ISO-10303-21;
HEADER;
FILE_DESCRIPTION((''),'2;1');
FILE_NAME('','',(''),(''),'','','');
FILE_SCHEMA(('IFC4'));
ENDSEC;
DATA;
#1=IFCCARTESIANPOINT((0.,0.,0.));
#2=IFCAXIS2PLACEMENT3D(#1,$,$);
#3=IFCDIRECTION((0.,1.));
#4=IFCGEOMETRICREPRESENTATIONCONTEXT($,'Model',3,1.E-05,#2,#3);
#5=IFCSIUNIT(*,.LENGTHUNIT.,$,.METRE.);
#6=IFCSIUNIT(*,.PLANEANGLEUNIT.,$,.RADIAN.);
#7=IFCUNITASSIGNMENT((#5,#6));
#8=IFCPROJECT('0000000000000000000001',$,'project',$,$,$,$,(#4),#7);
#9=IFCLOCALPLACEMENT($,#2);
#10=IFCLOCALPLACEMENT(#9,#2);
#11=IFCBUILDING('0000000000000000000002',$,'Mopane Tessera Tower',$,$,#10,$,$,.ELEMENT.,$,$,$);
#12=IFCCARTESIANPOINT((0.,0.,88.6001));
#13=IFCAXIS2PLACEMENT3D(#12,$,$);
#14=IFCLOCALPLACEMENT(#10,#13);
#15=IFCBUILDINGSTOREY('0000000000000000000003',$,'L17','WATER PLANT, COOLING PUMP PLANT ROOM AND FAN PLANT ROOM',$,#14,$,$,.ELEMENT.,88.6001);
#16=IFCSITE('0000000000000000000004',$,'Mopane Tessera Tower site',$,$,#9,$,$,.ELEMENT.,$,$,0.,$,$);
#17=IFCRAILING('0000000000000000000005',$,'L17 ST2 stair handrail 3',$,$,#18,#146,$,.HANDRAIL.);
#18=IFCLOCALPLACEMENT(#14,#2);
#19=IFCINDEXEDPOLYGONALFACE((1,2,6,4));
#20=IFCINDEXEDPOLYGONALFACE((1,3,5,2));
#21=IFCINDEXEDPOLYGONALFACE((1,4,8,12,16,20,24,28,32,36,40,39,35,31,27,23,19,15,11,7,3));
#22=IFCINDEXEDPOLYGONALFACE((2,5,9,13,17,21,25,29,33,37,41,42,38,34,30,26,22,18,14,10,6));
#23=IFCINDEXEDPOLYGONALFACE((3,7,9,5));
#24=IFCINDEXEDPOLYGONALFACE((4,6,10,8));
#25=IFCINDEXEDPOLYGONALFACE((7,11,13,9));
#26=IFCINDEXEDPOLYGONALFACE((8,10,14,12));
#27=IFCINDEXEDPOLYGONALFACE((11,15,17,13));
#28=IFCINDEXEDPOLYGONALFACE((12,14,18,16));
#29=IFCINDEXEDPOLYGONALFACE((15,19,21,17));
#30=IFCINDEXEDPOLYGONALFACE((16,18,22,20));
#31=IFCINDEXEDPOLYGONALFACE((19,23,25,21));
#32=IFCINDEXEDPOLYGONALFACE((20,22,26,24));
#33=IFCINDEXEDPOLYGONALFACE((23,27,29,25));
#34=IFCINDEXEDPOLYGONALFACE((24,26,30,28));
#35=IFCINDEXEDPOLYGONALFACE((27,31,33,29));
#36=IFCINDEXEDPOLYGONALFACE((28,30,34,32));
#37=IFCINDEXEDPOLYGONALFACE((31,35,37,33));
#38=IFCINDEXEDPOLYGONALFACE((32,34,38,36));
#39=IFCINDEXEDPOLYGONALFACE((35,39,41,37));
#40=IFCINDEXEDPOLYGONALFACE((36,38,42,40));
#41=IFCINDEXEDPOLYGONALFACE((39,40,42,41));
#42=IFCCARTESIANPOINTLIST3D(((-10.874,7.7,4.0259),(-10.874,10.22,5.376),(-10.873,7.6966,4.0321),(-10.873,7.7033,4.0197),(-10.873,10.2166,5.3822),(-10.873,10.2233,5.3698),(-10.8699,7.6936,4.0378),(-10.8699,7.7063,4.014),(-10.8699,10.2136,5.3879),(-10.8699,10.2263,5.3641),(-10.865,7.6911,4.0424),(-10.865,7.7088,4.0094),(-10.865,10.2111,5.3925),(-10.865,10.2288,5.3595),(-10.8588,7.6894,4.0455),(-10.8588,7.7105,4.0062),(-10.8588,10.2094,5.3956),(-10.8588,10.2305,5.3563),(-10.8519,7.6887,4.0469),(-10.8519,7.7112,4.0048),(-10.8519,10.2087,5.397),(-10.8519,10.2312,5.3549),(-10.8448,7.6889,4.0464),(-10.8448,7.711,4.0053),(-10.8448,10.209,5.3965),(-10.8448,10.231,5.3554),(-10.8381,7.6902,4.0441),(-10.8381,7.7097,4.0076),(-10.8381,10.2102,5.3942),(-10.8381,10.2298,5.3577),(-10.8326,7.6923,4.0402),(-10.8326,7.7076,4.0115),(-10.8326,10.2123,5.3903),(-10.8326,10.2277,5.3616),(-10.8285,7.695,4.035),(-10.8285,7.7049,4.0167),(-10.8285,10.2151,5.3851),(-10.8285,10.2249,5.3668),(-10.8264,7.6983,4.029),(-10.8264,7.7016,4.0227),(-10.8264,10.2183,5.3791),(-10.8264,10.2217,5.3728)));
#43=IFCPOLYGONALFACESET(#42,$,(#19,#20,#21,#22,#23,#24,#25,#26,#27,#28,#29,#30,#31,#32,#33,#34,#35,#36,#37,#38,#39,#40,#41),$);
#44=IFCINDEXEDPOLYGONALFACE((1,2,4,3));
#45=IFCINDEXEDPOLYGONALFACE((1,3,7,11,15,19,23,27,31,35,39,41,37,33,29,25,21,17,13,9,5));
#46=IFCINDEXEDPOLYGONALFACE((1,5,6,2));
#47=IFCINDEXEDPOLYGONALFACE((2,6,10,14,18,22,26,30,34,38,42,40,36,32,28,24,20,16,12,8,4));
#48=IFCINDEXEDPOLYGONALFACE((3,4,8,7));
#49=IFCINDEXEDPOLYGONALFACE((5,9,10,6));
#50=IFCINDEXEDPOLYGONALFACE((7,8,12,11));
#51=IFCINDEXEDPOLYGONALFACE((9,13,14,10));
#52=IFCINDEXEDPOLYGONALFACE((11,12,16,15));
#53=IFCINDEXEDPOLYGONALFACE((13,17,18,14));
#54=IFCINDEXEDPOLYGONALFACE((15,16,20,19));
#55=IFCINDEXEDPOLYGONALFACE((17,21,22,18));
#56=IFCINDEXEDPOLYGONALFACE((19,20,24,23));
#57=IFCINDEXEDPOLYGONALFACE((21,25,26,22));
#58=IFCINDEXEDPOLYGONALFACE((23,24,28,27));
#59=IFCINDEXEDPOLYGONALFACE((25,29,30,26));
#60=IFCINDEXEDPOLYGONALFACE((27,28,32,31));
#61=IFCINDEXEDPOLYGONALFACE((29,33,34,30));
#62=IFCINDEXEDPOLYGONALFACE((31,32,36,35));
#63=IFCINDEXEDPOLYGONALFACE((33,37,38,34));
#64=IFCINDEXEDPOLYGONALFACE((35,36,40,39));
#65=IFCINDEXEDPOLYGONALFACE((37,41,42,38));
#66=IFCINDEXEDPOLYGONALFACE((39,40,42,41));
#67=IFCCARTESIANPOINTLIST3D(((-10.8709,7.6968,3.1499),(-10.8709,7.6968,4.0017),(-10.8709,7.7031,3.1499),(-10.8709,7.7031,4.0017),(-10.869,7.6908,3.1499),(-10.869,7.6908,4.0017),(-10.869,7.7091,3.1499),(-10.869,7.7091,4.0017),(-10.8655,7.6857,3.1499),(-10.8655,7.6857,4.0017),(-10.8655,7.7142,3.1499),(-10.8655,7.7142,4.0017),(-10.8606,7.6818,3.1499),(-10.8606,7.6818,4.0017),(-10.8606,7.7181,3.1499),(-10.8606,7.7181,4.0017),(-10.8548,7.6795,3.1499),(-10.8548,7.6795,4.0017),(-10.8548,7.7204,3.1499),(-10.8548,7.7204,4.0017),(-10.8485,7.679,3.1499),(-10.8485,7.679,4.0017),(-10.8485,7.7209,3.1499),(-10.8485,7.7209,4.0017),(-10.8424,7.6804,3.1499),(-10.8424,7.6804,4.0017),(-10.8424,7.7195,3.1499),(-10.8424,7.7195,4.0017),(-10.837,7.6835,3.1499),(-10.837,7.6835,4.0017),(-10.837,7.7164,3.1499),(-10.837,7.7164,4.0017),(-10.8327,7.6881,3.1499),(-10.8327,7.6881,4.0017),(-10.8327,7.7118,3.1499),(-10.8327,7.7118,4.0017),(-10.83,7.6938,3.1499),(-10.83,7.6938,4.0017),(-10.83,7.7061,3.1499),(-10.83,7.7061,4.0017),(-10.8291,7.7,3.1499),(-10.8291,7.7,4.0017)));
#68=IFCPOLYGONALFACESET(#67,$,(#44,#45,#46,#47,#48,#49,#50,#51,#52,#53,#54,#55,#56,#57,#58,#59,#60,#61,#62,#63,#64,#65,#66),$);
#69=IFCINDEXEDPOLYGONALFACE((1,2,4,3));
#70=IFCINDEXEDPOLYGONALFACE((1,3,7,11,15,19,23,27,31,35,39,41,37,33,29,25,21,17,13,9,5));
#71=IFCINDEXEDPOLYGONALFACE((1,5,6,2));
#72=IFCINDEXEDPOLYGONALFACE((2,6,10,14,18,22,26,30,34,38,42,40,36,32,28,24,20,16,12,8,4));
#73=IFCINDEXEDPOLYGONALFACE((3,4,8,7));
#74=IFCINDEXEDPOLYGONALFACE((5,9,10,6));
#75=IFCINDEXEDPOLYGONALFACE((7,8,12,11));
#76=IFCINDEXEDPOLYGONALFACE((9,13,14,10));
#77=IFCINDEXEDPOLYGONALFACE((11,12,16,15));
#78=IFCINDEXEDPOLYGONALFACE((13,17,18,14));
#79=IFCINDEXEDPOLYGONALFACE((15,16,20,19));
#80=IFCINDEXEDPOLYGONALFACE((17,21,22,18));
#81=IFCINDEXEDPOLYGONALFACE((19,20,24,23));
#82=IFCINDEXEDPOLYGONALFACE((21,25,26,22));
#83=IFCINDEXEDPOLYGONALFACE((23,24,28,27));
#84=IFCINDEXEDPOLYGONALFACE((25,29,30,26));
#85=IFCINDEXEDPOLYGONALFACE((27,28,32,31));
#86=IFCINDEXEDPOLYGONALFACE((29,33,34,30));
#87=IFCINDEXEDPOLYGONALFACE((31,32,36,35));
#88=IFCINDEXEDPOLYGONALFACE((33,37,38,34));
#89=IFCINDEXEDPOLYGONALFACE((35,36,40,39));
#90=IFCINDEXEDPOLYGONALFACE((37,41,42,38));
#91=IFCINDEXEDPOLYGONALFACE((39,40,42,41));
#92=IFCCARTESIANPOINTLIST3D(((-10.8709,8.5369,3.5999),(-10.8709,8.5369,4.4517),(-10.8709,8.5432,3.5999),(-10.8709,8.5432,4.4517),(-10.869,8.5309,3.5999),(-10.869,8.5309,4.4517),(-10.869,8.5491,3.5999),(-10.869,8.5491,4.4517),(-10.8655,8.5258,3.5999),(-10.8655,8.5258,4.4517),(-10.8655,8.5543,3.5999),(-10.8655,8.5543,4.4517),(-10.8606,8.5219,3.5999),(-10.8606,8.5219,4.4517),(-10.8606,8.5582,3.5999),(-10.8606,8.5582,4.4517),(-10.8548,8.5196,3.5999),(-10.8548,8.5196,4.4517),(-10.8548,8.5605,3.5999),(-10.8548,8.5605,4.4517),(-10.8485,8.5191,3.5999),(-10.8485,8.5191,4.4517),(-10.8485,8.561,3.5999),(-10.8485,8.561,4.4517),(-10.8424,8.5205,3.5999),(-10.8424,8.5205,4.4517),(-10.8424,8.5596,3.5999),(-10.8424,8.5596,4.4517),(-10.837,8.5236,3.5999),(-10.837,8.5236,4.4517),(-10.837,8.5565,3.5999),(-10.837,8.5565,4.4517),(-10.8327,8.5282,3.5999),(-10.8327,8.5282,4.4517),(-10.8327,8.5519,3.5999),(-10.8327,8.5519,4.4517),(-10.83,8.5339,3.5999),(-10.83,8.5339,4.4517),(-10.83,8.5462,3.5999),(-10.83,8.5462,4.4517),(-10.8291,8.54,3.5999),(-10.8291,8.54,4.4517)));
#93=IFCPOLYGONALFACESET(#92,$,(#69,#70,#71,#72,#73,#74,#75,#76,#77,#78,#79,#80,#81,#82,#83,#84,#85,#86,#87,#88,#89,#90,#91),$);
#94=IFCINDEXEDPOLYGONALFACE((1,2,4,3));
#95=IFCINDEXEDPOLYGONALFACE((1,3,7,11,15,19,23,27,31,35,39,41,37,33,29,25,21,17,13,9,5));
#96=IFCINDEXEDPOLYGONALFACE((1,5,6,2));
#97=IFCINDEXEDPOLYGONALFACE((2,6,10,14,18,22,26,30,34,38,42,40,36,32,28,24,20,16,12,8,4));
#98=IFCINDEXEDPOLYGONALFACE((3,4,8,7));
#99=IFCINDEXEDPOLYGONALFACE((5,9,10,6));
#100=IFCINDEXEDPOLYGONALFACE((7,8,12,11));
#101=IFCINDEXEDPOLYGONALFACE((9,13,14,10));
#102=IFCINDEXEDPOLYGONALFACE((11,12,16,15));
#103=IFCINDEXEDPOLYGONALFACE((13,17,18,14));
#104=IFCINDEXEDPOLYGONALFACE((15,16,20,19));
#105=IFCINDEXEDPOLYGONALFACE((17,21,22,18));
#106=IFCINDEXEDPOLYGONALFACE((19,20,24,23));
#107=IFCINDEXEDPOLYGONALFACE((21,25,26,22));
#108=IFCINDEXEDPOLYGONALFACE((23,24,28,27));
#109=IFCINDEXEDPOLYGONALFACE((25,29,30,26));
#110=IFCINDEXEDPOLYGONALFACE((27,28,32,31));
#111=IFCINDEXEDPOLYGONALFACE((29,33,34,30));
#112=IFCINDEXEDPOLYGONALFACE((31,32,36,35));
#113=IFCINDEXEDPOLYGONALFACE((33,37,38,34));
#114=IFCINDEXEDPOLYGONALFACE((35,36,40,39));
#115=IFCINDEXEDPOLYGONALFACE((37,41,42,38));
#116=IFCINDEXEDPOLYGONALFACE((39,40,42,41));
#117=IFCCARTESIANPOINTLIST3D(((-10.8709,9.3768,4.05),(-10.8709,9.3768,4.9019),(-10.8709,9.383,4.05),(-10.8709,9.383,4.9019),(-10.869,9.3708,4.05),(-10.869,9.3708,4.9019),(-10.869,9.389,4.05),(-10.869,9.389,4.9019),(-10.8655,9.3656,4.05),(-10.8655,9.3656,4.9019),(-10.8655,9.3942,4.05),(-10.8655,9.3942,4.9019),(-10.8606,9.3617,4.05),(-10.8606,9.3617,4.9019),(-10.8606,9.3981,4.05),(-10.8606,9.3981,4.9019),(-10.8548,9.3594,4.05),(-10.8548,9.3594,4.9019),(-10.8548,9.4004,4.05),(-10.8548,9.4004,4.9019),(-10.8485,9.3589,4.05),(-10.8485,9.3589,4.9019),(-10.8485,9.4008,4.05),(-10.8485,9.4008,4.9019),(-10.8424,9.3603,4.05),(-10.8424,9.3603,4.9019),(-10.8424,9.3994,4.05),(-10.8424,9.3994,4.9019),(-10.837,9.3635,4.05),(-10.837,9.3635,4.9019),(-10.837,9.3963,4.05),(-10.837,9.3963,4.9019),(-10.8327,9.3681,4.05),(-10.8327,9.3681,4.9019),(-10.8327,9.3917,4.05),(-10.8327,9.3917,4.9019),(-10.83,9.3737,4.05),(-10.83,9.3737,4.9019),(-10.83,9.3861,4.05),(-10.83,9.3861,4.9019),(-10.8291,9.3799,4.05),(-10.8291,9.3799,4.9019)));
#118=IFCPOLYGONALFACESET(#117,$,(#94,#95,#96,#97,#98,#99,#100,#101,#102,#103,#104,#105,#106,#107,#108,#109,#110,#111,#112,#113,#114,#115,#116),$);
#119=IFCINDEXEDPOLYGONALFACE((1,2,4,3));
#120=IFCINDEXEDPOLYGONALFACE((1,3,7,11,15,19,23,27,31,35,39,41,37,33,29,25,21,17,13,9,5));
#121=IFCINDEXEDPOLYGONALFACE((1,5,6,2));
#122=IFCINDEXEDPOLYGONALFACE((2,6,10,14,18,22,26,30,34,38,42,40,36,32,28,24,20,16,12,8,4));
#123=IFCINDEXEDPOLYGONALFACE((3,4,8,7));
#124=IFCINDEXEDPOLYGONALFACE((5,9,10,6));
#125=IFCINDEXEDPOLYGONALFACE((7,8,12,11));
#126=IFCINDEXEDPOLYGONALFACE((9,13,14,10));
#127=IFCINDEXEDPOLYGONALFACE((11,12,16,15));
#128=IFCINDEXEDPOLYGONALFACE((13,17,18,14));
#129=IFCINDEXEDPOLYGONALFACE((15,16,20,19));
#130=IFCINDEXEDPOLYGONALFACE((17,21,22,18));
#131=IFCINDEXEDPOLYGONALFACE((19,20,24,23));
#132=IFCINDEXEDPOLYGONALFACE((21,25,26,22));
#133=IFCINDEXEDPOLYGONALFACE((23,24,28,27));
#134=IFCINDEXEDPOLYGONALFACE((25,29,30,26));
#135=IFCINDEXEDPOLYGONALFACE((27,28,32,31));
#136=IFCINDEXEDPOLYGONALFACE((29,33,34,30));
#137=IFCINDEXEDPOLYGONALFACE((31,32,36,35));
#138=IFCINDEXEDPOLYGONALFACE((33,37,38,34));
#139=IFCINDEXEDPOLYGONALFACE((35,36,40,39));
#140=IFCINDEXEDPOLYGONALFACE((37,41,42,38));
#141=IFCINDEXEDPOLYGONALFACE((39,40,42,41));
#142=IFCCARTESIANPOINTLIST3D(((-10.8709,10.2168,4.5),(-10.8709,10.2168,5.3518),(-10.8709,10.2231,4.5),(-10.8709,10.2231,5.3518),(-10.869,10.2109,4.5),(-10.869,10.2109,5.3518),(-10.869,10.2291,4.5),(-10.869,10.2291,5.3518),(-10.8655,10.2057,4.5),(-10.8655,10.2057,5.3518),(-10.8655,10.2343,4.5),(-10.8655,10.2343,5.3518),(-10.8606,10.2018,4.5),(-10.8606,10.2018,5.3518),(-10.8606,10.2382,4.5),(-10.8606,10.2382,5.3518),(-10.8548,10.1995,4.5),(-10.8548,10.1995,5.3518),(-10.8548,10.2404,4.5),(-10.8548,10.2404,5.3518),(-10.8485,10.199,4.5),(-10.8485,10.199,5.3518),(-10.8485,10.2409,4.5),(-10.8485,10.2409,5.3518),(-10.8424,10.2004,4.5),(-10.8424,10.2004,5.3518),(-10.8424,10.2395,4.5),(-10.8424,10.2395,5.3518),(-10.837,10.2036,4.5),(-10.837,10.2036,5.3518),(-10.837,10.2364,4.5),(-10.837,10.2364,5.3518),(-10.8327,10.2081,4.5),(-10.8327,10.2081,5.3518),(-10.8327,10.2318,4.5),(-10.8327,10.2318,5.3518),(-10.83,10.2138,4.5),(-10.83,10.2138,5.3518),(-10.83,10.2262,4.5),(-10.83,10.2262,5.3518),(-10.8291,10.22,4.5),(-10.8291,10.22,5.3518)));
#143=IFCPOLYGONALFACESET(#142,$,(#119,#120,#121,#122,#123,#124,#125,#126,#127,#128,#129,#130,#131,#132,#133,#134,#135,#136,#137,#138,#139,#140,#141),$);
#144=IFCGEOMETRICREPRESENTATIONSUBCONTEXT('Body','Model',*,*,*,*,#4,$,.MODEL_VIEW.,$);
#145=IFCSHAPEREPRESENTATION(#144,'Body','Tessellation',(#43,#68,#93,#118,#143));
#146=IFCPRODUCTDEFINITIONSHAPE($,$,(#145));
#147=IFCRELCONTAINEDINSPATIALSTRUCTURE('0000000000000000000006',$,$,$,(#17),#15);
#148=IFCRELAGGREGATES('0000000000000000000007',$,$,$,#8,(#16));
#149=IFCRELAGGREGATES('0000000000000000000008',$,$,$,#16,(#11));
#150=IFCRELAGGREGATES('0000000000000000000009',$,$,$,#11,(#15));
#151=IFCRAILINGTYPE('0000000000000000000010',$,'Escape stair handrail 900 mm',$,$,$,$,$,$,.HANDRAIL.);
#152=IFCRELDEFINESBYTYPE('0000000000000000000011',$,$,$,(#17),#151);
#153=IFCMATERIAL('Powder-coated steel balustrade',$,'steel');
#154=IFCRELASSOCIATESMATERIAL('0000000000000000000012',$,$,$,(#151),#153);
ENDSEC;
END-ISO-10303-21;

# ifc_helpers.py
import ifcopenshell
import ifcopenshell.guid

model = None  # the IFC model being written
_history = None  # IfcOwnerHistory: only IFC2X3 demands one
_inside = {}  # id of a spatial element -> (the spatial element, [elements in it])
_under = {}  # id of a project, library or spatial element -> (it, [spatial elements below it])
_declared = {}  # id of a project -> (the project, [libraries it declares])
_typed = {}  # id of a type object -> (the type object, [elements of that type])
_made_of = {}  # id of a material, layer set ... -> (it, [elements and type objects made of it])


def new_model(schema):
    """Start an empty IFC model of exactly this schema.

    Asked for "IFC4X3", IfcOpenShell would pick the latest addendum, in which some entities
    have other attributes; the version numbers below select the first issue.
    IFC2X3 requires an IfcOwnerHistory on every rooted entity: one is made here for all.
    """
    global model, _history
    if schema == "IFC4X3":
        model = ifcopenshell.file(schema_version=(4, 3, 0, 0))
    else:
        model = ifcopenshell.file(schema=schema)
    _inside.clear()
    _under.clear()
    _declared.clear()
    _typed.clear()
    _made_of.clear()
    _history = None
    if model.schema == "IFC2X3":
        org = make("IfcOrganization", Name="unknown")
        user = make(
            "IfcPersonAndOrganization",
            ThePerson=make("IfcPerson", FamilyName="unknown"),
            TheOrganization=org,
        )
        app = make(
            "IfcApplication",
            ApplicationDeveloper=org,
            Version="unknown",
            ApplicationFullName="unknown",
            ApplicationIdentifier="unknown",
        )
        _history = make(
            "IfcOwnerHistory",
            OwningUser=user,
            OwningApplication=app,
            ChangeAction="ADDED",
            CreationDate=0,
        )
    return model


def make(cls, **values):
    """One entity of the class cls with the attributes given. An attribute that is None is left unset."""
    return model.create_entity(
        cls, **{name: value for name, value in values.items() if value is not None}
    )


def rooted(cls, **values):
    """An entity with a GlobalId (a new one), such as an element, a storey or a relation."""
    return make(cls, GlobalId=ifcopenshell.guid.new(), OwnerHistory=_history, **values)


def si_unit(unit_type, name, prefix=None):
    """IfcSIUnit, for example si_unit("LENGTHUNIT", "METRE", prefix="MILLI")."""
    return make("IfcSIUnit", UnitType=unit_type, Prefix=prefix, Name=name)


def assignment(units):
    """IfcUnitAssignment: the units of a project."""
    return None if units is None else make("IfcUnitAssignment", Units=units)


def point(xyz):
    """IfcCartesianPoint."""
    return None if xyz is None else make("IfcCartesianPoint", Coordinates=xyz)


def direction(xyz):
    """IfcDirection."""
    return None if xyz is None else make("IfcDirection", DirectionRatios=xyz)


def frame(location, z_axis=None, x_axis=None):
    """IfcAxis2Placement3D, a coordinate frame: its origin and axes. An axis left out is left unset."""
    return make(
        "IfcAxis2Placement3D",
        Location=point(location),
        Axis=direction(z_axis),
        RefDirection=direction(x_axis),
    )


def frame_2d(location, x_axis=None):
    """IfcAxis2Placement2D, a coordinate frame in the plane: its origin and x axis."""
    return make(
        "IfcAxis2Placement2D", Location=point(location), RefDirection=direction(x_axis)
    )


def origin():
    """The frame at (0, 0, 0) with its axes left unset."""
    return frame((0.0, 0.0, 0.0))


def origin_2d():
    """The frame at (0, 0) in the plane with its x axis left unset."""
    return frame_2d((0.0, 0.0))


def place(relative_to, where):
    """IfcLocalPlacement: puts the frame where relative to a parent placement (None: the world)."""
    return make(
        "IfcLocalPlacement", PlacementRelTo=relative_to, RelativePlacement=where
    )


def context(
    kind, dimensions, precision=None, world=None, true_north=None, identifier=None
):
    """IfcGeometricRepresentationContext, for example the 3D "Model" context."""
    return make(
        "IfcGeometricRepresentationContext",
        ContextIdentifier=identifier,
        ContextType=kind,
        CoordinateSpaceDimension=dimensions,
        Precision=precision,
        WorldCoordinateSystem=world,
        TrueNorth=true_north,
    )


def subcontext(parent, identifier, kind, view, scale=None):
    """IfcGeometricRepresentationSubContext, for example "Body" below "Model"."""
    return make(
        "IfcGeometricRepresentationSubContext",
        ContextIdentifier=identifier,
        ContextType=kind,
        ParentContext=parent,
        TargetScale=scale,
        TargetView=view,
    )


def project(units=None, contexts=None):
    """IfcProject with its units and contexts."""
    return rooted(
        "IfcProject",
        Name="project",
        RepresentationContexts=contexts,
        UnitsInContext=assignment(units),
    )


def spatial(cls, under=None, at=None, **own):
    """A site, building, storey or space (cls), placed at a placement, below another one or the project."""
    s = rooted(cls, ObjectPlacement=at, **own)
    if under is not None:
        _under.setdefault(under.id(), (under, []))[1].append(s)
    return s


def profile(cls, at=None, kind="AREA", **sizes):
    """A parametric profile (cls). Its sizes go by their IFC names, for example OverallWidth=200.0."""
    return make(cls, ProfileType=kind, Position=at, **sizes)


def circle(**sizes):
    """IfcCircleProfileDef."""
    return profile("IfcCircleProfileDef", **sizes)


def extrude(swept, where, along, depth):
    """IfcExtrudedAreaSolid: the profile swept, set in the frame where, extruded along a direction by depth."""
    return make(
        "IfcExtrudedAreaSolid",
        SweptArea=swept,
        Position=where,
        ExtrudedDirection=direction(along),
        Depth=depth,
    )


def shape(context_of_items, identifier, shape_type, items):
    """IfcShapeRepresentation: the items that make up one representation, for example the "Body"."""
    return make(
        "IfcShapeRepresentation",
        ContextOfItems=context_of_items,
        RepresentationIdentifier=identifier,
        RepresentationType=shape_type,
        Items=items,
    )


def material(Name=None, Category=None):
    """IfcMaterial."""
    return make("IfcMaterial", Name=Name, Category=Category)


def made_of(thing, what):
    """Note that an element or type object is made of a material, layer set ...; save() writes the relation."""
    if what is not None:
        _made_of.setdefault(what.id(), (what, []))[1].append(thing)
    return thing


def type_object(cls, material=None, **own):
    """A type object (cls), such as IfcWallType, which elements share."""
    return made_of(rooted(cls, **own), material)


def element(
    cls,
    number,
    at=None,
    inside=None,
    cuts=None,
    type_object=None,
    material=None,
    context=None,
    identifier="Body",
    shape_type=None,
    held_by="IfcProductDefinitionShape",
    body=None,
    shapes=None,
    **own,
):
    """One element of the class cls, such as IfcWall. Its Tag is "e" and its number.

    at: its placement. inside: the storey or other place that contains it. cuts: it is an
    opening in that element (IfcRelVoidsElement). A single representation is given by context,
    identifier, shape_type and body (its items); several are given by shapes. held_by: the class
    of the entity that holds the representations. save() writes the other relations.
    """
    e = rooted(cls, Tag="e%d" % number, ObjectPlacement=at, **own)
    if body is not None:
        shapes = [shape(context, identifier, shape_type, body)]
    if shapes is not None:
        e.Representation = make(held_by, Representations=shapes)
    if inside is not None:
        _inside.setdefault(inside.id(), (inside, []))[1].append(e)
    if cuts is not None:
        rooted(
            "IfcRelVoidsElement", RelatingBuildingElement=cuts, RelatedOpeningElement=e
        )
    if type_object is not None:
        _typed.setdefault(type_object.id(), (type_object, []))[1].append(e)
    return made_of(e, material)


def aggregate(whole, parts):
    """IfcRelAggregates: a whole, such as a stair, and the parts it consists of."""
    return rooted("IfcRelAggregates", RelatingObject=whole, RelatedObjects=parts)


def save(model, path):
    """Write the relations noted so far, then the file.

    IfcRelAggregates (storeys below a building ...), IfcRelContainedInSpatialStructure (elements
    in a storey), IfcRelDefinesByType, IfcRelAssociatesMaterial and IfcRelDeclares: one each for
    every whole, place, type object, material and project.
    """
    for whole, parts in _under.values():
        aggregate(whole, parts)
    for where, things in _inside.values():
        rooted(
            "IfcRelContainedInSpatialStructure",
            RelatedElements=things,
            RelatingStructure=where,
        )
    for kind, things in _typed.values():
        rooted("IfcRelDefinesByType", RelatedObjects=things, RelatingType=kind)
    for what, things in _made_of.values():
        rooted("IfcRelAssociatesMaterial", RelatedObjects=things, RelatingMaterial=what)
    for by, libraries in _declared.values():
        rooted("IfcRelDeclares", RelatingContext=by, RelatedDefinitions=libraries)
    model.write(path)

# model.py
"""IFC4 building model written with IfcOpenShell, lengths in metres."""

from ifc_helpers import new_model, si_unit, direction, frame, origin, origin_2d, place, context, subcontext, project, spatial, circle, extrude, material, type_object, element, save


model = new_model("IFC4")

# Units and contexts
model_context = context("Model", 3, precision=1e-05, world=origin(), true_north=direction((0.0, 1.0)))
body_context = subcontext(model_context, "Body", "Model", "MODEL_VIEW")
ifc_project = project(units=[si_unit("LENGTHUNIT", "METRE"), si_unit("PLANEANGLEUNIT", "RADIAN")], contexts=[model_context])

# Site, building, storey
site_placement = place(None, origin())
site = spatial("IfcSite", under=ifc_project, at=site_placement, Name="Mopane Tessera Tower site", CompositionType="ELEMENT", RefElevation=0.0)
building_placement = place(site_placement, origin())
building = spatial("IfcBuilding", under=site, at=building_placement, Name="Mopane Tessera Tower", CompositionType="ELEMENT")
storey_placement = place(building_placement, frame((0.0, 0.0, 88.6001)))
storey = spatial("IfcBuildingStorey", under=building, at=storey_placement, Name="L17", Description="WATER PLANT, COOLING PUMP PLANT ROOM AND FAN PLANT ROOM", CompositionType="ELEMENT", Elevation=88.6001)

# Railing
ifc_material_1 = material(Name="Powder-coated steel balustrade", Category="steel")
railing_type = type_object("IfcRailingType", Name="Escape stair handrail 900 mm", PredefinedType="HANDRAIL", material=ifc_material_1)
for number, where, name in (
    (1, (-10.8501, 7.7, 3.1499), "L17 ST2 stair handrail 3"),
):
    element("IfcRailing", number, at=place(storey_placement, frame(where)), inside=storey, type_object=railing_type, Name=name, PredefinedType="HANDRAIL", context=body_context, shape_type="SweptSolid", body=[
        extrude(circle(Radius=0.0239, at=origin_2d()), frame((0.0, 0.0, 0.876), z_axis=(0.0, 0.881467, 0.472245), x_axis=(-1.0, 0.0, 0.0)), (0.0, 0.0, 1.0), 2.8589),
        extrude(circle(Radius=0.021, at=origin_2d()), origin(), (0.0, 0.0, 1.0), 0.8518),
        extrude(circle(Radius=0.021, at=origin_2d()), frame((0.0, 0.8401, 0.45)), (0.0, 0.0, 1.0), 0.8518),
        extrude(circle(Radius=0.021, at=origin_2d()), frame((0.0, 1.6799, 0.9001)), (0.0, 0.0, 1.0), 0.8518),
        extrude(circle(Radius=0.021, at=origin_2d()), frame((0.0, 2.52, 1.3501)), (0.0, 0.0, 1.0), 0.8518),
    ])

save(model, "model.ifc")
